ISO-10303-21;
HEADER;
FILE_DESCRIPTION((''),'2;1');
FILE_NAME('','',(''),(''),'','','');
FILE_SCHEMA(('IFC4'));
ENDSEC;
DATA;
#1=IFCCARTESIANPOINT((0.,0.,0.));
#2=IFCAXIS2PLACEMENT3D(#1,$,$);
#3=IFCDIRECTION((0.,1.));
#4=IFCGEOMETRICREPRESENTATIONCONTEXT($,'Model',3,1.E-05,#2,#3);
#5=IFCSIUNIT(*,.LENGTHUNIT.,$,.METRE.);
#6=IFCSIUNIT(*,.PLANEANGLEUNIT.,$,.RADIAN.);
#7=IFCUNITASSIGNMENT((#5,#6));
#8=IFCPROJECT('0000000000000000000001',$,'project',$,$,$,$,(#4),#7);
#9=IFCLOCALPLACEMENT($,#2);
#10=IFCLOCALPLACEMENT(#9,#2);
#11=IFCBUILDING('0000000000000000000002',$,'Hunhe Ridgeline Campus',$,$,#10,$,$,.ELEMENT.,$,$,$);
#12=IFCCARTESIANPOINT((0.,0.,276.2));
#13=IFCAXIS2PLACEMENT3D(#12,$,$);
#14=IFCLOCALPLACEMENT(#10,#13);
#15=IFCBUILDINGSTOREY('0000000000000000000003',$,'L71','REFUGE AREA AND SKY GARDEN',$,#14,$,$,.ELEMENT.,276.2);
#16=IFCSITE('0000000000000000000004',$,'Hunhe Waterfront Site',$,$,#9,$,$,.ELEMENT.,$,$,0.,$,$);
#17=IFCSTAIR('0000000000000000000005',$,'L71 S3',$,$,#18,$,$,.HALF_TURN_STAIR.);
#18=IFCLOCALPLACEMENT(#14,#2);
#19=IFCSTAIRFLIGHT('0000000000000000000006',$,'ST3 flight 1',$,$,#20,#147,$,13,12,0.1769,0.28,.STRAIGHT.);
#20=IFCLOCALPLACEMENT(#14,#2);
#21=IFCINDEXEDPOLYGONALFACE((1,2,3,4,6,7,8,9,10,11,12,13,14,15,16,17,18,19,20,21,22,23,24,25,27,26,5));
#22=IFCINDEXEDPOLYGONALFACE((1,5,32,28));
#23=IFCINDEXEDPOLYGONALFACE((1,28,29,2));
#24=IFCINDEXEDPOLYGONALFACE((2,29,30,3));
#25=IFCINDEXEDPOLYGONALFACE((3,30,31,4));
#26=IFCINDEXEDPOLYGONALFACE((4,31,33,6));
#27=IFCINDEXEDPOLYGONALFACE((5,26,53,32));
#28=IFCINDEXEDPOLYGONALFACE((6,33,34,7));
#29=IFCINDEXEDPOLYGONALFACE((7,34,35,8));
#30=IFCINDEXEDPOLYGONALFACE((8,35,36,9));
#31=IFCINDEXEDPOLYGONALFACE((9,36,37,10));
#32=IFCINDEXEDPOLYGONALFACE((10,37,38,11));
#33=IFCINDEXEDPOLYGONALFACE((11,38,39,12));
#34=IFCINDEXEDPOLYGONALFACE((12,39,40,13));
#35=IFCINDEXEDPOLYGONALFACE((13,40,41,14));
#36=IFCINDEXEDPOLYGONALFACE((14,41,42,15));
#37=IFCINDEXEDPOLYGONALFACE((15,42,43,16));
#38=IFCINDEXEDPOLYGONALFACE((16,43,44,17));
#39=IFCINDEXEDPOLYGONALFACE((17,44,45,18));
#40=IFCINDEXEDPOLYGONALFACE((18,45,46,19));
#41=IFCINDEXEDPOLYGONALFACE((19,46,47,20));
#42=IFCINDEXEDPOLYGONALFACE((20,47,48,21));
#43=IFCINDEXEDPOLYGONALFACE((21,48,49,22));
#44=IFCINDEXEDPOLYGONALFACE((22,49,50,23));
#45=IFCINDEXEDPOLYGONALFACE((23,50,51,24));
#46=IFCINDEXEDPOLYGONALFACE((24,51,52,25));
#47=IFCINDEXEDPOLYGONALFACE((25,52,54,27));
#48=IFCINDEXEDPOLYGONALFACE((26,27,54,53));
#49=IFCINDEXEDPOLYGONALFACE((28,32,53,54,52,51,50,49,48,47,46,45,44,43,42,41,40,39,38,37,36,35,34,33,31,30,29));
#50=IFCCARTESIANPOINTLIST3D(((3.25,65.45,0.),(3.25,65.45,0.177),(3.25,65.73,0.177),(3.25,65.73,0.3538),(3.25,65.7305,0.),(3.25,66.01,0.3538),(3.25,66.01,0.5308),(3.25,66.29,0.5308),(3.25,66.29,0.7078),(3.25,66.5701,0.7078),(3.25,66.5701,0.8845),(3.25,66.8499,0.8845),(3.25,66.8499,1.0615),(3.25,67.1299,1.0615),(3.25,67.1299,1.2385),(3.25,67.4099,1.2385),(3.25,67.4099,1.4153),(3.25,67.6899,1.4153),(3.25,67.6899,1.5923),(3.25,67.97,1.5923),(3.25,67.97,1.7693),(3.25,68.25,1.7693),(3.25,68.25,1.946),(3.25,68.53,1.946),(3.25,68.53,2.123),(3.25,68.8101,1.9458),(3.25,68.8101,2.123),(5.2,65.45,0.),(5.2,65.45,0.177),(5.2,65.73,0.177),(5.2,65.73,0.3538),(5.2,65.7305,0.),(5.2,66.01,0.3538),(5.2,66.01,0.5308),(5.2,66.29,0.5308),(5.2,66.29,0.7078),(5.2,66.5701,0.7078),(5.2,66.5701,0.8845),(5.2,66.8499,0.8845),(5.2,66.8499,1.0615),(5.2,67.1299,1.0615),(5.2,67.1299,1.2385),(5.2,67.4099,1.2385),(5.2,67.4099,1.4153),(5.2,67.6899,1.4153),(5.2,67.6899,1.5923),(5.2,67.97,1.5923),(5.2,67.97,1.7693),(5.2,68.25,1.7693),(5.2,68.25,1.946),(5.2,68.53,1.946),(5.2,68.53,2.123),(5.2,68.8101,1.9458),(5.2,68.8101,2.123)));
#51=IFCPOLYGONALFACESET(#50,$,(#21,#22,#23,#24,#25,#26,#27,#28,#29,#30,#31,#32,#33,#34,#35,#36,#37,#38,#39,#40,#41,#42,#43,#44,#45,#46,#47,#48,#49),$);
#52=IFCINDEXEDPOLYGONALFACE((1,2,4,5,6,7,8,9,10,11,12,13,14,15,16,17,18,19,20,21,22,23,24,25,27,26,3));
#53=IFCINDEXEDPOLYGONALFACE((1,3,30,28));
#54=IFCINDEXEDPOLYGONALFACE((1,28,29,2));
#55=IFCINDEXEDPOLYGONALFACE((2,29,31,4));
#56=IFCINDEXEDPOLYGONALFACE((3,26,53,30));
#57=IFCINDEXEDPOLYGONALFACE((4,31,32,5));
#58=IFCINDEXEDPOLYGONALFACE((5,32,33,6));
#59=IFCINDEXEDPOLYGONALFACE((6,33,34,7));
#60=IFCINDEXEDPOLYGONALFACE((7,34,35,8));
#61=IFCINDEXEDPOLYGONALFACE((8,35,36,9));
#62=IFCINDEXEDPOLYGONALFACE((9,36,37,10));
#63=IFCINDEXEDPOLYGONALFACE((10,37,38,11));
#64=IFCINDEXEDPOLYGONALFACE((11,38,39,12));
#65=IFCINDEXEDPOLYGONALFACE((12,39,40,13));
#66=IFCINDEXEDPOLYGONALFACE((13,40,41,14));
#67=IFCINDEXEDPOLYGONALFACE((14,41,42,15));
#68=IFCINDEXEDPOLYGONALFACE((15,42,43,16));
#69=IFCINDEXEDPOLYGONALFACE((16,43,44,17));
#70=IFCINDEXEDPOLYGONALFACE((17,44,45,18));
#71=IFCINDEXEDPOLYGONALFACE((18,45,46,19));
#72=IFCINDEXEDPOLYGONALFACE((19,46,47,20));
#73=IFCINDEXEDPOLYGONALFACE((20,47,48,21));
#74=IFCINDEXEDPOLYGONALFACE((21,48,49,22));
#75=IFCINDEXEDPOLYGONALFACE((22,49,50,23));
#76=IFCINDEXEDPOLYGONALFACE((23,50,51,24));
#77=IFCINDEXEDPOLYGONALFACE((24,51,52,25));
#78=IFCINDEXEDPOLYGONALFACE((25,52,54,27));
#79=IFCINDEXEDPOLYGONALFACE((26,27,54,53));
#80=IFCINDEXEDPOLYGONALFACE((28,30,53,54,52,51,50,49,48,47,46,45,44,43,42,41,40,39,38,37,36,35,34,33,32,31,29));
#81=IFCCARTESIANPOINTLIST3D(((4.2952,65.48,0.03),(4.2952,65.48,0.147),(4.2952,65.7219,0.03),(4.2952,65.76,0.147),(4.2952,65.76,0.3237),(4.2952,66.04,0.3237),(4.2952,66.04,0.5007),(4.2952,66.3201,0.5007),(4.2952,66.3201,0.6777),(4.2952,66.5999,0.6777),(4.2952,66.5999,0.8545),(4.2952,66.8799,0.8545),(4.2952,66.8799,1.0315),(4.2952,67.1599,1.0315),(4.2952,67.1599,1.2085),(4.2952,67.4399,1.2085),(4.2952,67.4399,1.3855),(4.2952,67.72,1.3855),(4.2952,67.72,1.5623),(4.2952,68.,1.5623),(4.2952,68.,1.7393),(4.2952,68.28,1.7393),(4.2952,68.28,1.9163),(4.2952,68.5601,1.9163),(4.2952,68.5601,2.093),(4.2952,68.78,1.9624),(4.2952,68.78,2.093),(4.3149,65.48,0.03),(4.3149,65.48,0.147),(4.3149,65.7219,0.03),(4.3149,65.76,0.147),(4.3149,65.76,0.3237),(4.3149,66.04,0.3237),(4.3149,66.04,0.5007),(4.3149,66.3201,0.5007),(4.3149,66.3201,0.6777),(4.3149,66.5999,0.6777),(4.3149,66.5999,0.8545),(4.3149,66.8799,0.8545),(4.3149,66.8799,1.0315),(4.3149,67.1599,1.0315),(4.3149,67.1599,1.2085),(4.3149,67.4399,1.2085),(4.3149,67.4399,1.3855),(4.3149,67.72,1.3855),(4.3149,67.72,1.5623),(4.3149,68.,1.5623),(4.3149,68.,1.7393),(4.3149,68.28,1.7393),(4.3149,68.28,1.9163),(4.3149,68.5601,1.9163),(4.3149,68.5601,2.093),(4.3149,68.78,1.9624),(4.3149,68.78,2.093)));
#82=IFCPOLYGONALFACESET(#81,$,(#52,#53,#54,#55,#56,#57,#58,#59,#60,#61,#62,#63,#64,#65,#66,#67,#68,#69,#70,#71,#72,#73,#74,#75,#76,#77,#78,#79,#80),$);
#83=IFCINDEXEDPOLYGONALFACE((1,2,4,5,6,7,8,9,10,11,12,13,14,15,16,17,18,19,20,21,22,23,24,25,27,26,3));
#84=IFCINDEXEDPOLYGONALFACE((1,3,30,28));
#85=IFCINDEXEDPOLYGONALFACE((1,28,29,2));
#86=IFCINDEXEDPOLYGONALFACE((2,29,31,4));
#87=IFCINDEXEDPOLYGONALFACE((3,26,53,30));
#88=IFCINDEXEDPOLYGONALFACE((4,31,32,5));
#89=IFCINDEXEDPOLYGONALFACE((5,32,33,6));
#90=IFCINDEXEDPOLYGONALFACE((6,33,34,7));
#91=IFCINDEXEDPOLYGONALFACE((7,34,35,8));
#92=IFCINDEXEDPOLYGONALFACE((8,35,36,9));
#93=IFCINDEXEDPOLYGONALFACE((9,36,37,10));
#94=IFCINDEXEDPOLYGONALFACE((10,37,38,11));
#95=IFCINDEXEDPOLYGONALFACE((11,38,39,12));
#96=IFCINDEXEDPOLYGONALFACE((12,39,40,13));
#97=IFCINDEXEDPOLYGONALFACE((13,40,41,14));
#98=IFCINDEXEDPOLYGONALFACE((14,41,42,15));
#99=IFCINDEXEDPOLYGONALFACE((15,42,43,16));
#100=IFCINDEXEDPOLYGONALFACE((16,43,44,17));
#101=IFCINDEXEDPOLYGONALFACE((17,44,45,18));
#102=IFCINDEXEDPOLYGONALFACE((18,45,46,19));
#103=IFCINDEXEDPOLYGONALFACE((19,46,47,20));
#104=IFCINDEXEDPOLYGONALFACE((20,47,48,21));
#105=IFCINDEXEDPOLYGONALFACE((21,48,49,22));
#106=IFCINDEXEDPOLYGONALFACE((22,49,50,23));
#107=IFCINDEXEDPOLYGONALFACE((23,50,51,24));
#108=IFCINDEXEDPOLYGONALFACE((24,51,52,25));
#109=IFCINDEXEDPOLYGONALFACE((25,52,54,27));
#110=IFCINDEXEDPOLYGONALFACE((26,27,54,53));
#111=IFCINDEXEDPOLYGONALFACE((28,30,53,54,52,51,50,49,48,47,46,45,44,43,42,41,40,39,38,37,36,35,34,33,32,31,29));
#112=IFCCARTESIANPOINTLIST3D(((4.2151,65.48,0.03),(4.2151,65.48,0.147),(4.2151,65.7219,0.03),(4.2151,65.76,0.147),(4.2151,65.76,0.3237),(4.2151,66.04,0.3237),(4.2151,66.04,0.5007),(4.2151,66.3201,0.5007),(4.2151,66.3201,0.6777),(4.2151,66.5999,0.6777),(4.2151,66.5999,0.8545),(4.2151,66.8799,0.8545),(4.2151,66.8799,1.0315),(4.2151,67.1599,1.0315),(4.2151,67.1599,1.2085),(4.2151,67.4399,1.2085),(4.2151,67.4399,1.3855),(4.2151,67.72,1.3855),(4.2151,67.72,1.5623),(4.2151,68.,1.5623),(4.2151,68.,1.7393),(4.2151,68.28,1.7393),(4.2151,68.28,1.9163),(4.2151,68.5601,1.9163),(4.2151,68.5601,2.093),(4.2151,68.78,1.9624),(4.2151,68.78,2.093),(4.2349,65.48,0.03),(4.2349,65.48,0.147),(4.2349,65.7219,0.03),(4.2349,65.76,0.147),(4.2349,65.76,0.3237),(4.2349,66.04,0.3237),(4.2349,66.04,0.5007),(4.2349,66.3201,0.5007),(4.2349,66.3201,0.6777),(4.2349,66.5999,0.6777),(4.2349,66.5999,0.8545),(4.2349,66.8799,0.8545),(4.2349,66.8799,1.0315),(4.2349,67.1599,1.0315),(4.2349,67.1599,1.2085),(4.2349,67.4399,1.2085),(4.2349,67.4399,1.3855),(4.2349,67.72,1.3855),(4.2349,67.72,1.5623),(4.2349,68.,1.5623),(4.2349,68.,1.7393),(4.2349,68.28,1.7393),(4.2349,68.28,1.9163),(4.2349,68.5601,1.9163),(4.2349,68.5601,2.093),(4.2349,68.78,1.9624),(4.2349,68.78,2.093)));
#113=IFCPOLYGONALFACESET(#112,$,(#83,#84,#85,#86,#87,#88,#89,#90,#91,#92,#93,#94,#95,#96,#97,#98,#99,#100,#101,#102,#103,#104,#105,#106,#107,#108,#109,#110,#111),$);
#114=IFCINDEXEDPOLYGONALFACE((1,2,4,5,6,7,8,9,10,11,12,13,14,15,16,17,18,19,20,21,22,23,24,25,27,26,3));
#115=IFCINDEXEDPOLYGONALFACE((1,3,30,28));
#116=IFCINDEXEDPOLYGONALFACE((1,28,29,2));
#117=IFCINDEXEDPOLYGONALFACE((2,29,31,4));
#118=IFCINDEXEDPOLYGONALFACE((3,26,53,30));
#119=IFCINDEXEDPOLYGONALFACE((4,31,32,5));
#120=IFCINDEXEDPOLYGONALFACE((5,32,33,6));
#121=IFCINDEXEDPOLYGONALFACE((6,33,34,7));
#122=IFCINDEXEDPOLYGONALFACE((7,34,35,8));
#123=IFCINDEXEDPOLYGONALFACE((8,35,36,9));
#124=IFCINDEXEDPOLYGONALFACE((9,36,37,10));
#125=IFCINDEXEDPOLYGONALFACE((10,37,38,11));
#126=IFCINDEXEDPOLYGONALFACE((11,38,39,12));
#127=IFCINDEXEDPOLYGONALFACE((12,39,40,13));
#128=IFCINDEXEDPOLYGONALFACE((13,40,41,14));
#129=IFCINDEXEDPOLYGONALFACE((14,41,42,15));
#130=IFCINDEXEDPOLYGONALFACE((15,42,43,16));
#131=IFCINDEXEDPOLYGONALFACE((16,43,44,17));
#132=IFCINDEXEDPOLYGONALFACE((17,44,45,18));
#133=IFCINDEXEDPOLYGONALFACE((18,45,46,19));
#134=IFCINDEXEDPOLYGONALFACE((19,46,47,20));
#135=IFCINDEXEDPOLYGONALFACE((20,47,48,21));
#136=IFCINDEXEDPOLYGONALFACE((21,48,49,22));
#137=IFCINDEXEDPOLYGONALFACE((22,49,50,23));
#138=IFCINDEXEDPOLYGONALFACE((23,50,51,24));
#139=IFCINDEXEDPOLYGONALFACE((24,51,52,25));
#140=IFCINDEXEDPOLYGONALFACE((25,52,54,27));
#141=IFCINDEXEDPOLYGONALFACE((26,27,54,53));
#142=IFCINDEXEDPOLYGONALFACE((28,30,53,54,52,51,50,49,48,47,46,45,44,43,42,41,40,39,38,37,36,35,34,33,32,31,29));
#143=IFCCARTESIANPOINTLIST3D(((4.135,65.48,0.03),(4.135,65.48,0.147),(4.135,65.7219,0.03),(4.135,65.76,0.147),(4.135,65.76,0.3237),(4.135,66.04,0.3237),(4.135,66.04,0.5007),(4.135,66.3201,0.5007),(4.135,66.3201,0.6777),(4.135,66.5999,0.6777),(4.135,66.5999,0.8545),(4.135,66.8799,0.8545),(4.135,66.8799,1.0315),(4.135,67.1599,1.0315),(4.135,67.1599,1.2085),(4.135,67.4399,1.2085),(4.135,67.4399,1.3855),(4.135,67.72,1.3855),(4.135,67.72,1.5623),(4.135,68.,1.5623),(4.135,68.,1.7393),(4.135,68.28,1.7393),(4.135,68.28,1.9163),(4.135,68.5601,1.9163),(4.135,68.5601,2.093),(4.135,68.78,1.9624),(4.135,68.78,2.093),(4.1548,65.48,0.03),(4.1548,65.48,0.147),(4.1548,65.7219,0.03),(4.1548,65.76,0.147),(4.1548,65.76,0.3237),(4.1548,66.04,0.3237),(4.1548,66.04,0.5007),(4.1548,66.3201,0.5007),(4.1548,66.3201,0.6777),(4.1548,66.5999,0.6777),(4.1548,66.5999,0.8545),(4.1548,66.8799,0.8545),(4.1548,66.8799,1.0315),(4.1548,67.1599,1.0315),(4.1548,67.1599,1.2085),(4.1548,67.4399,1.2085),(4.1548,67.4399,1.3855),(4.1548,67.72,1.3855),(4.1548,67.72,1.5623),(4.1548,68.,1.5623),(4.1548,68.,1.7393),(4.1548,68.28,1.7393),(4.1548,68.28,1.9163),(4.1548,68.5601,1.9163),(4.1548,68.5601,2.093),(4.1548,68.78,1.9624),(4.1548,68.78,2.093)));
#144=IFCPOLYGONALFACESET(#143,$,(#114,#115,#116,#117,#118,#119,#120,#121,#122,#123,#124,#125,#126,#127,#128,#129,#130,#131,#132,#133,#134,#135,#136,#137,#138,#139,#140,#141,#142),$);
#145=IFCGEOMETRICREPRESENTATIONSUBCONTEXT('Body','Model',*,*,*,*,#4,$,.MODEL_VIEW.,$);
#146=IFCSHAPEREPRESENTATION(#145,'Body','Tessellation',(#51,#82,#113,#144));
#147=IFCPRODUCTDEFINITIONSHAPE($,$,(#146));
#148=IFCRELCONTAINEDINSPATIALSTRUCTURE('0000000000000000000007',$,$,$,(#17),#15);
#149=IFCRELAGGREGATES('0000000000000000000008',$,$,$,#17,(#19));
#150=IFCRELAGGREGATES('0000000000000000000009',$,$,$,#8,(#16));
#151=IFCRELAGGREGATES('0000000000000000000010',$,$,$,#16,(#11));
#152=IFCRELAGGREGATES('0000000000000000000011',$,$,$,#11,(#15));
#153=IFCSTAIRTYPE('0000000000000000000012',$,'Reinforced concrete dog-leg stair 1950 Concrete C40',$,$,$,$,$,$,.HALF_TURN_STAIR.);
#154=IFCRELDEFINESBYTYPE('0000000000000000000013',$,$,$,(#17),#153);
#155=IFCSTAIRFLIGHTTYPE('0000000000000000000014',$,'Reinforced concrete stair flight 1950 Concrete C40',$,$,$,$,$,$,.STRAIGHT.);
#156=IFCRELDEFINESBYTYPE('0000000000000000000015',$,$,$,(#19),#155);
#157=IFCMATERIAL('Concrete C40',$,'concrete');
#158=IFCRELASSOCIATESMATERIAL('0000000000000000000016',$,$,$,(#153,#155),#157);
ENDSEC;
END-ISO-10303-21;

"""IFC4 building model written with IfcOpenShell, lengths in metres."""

from ifc_helpers import new_model, si_unit, direction, frame, origin, place, context, subcontext, project, spatial, polyline, outline, extrude, material, type_object, element, aggregate, save


model = new_model("IFC4")

# Units and contexts
model_context = context("Model", 3, precision=1e-05, world=origin(), true_north=direction((0.0, 1.0)))
body_context = subcontext(model_context, "Body", "Model", "MODEL_VIEW")
ifc_project = project(units=[si_unit("LENGTHUNIT", "METRE"), si_unit("PLANEANGLEUNIT", "RADIAN")], contexts=[model_context])

# Site, building, storey
site_placement = place(None, origin())
site = spatial("IfcSite", under=ifc_project, at=site_placement, Name="Hunhe Waterfront Site", CompositionType="ELEMENT", RefElevation=0.0)
building_placement = place(site_placement, origin())
building = spatial("IfcBuilding", under=site, at=building_placement, Name="Hunhe Ridgeline Campus", CompositionType="ELEMENT")
storey_placement = place(building_placement, frame((0.0, 0.0, 276.2)))
storey = spatial("IfcBuildingStorey", under=building, at=storey_placement, Name="L71", Description="REFUGE AREA AND SKY GARDEN", CompositionType="ELEMENT", Elevation=276.2)

# Stair, stair flight
ifc_material_1 = material(Name="Concrete C40", Category="concrete")
stair_type = type_object("IfcStairType", Name="Reinforced concrete dog-leg stair 1950 Concrete C40", PredefinedType="HALF_TURN_STAIR", material=ifc_material_1)
stair_1_placement = place(storey_placement, origin())
stair_1 = element("IfcStair", 1, at=stair_1_placement, inside=storey, type_object=stair_type, Name="L71 S3", PredefinedType="HALF_TURN_STAIR")
stair_flight_type = type_object("IfcStairFlightType", Name="Reinforced concrete stair flight 1950 Concrete C40", PredefinedType="STRAIGHT", material=ifc_material_1)
stair_flight_1_placement = place(storey_placement, frame((4.2251, 65.45, 0.0), z_axis=(0.0, 0.0, 1.0), x_axis=(0.0, 1.0, 0.0)))
stair_flight_1 = element("IfcStairFlight", 2, at=stair_flight_1_placement, type_object=stair_flight_type, Name="ST3 flight 1", NumberOfRisers=13, NumberOfTreads=12, PredefinedType="STRAIGHT", RiserHeight=0.1769, TreadLength=0.28, context=body_context, shape_type="SweptSolid", body=[
    extrude(outline(polyline([(0.0, 0.0), (0.0, 0.177), (0.28, 0.177), (0.28, 0.3538), (0.5601, 0.3538), (0.5601, 0.5308), (0.8401, 0.5308), (0.8401, 0.7078), (1.1201, 0.7078), (1.1201, 0.8845), (1.3999, 0.8845), (1.3999, 1.0615), (1.6799, 1.0615), (1.6799, 1.2385), (1.96, 1.2385), (1.96, 1.4153), (2.24, 1.4153), (2.24, 1.5923), (2.52, 1.5923), (2.52, 1.7693), (2.8, 1.7693), (2.8, 1.946), (3.0801, 1.946), (3.0801, 2.123), (3.3601, 2.123), (3.3601, 2.3), (3.3601, 1.9458), (0.2805, 0.0), (0.0, 0.0)])), frame((0.0, 0.9751, 0.0), z_axis=(0.0, -1.0, 0.0), x_axis=(1.0, 0.0, 0.0)), (0.0, 0.0, 1.0), 1.95),
    extrude(outline(polyline([(0.03, 0.03), (0.03, 0.147), (0.3101, 0.147), (0.3101, 0.3237), (0.5901, 0.3237), (0.5901, 0.5007), (0.8701, 0.5007), (0.8701, 0.6777), (1.1499, 0.6777), (1.1499, 0.8545), (1.4299, 0.8545), (1.4299, 1.0315), (1.71, 1.0315), (1.71, 1.2085), (1.99, 1.2085), (1.99, 1.3855), (2.27, 1.3855), (2.27, 1.5623), (2.55, 1.5623), (2.55, 1.7393), (2.8301, 1.7393), (2.8301, 1.9163), (3.1101, 1.9163), (3.1101, 2.093), (3.3301, 2.093), (3.3301, 1.9624), (0.272, 0.03), (0.03, 0.03)])), frame((0.0, -0.0701, 0.0), z_axis=(0.0, -1.0, 0.0), x_axis=(1.0, 0.0, 0.0)), (0.0, 0.0, 1.0), 0.0198),
    extrude(outline(polyline([(0.03, 0.03), (0.03, 0.147), (0.3101, 0.147), (0.3101, 0.3237), (0.5901, 0.3237), (0.5901, 0.5007), (0.8701, 0.5007), (0.8701, 0.6777), (1.1499, 0.6777), (1.1499, 0.8545), (1.4299, 0.8545), (1.4299, 1.0315), (1.71, 1.0315), (1.71, 1.2085), (1.99, 1.2085), (1.99, 1.3855), (2.27, 1.3855), (2.27, 1.5623), (2.55, 1.5623), (2.55, 1.7393), (2.8301, 1.7393), (2.8301, 1.9163), (3.1101, 1.9163), (3.1101, 2.093), (3.3301, 2.093), (3.3301, 1.9624), (0.272, 0.03), (0.03, 0.03)])), frame((0.0, 0.01, 0.0), z_axis=(0.0, -1.0, 0.0), x_axis=(1.0, 0.0, 0.0)), (0.0, 0.0, 1.0), 0.0198),
    extrude(outline(polyline([(0.03, 0.03), (0.03, 0.147), (0.3101, 0.147), (0.3101, 0.3237), (0.5901, 0.3237), (0.5901, 0.5007), (0.8701, 0.5007), (0.8701, 0.6777), (1.1499, 0.6777), (1.1499, 0.8545), (1.4299, 0.8545), (1.4299, 1.0315), (1.71, 1.0315), (1.71, 1.2085), (1.99, 1.2085), (1.99, 1.3855), (2.27, 1.3855), (2.27, 1.5623), (2.55, 1.5623), (2.55, 1.7393), (2.8301, 1.7393), (2.8301, 1.9163), (3.1101, 1.9163), (3.1101, 2.093), (3.3301, 2.093), (3.3301, 1.9624), (0.272, 0.03), (0.03, 0.03)])), frame((0.0, 0.0901, 0.0), z_axis=(0.0, -1.0, 0.0), x_axis=(1.0, 0.0, 0.0)), (0.0, 0.0, 1.0), 0.0198),
])
aggregate(stair_1, [stair_flight_1])

save(model, "model.ifc")
